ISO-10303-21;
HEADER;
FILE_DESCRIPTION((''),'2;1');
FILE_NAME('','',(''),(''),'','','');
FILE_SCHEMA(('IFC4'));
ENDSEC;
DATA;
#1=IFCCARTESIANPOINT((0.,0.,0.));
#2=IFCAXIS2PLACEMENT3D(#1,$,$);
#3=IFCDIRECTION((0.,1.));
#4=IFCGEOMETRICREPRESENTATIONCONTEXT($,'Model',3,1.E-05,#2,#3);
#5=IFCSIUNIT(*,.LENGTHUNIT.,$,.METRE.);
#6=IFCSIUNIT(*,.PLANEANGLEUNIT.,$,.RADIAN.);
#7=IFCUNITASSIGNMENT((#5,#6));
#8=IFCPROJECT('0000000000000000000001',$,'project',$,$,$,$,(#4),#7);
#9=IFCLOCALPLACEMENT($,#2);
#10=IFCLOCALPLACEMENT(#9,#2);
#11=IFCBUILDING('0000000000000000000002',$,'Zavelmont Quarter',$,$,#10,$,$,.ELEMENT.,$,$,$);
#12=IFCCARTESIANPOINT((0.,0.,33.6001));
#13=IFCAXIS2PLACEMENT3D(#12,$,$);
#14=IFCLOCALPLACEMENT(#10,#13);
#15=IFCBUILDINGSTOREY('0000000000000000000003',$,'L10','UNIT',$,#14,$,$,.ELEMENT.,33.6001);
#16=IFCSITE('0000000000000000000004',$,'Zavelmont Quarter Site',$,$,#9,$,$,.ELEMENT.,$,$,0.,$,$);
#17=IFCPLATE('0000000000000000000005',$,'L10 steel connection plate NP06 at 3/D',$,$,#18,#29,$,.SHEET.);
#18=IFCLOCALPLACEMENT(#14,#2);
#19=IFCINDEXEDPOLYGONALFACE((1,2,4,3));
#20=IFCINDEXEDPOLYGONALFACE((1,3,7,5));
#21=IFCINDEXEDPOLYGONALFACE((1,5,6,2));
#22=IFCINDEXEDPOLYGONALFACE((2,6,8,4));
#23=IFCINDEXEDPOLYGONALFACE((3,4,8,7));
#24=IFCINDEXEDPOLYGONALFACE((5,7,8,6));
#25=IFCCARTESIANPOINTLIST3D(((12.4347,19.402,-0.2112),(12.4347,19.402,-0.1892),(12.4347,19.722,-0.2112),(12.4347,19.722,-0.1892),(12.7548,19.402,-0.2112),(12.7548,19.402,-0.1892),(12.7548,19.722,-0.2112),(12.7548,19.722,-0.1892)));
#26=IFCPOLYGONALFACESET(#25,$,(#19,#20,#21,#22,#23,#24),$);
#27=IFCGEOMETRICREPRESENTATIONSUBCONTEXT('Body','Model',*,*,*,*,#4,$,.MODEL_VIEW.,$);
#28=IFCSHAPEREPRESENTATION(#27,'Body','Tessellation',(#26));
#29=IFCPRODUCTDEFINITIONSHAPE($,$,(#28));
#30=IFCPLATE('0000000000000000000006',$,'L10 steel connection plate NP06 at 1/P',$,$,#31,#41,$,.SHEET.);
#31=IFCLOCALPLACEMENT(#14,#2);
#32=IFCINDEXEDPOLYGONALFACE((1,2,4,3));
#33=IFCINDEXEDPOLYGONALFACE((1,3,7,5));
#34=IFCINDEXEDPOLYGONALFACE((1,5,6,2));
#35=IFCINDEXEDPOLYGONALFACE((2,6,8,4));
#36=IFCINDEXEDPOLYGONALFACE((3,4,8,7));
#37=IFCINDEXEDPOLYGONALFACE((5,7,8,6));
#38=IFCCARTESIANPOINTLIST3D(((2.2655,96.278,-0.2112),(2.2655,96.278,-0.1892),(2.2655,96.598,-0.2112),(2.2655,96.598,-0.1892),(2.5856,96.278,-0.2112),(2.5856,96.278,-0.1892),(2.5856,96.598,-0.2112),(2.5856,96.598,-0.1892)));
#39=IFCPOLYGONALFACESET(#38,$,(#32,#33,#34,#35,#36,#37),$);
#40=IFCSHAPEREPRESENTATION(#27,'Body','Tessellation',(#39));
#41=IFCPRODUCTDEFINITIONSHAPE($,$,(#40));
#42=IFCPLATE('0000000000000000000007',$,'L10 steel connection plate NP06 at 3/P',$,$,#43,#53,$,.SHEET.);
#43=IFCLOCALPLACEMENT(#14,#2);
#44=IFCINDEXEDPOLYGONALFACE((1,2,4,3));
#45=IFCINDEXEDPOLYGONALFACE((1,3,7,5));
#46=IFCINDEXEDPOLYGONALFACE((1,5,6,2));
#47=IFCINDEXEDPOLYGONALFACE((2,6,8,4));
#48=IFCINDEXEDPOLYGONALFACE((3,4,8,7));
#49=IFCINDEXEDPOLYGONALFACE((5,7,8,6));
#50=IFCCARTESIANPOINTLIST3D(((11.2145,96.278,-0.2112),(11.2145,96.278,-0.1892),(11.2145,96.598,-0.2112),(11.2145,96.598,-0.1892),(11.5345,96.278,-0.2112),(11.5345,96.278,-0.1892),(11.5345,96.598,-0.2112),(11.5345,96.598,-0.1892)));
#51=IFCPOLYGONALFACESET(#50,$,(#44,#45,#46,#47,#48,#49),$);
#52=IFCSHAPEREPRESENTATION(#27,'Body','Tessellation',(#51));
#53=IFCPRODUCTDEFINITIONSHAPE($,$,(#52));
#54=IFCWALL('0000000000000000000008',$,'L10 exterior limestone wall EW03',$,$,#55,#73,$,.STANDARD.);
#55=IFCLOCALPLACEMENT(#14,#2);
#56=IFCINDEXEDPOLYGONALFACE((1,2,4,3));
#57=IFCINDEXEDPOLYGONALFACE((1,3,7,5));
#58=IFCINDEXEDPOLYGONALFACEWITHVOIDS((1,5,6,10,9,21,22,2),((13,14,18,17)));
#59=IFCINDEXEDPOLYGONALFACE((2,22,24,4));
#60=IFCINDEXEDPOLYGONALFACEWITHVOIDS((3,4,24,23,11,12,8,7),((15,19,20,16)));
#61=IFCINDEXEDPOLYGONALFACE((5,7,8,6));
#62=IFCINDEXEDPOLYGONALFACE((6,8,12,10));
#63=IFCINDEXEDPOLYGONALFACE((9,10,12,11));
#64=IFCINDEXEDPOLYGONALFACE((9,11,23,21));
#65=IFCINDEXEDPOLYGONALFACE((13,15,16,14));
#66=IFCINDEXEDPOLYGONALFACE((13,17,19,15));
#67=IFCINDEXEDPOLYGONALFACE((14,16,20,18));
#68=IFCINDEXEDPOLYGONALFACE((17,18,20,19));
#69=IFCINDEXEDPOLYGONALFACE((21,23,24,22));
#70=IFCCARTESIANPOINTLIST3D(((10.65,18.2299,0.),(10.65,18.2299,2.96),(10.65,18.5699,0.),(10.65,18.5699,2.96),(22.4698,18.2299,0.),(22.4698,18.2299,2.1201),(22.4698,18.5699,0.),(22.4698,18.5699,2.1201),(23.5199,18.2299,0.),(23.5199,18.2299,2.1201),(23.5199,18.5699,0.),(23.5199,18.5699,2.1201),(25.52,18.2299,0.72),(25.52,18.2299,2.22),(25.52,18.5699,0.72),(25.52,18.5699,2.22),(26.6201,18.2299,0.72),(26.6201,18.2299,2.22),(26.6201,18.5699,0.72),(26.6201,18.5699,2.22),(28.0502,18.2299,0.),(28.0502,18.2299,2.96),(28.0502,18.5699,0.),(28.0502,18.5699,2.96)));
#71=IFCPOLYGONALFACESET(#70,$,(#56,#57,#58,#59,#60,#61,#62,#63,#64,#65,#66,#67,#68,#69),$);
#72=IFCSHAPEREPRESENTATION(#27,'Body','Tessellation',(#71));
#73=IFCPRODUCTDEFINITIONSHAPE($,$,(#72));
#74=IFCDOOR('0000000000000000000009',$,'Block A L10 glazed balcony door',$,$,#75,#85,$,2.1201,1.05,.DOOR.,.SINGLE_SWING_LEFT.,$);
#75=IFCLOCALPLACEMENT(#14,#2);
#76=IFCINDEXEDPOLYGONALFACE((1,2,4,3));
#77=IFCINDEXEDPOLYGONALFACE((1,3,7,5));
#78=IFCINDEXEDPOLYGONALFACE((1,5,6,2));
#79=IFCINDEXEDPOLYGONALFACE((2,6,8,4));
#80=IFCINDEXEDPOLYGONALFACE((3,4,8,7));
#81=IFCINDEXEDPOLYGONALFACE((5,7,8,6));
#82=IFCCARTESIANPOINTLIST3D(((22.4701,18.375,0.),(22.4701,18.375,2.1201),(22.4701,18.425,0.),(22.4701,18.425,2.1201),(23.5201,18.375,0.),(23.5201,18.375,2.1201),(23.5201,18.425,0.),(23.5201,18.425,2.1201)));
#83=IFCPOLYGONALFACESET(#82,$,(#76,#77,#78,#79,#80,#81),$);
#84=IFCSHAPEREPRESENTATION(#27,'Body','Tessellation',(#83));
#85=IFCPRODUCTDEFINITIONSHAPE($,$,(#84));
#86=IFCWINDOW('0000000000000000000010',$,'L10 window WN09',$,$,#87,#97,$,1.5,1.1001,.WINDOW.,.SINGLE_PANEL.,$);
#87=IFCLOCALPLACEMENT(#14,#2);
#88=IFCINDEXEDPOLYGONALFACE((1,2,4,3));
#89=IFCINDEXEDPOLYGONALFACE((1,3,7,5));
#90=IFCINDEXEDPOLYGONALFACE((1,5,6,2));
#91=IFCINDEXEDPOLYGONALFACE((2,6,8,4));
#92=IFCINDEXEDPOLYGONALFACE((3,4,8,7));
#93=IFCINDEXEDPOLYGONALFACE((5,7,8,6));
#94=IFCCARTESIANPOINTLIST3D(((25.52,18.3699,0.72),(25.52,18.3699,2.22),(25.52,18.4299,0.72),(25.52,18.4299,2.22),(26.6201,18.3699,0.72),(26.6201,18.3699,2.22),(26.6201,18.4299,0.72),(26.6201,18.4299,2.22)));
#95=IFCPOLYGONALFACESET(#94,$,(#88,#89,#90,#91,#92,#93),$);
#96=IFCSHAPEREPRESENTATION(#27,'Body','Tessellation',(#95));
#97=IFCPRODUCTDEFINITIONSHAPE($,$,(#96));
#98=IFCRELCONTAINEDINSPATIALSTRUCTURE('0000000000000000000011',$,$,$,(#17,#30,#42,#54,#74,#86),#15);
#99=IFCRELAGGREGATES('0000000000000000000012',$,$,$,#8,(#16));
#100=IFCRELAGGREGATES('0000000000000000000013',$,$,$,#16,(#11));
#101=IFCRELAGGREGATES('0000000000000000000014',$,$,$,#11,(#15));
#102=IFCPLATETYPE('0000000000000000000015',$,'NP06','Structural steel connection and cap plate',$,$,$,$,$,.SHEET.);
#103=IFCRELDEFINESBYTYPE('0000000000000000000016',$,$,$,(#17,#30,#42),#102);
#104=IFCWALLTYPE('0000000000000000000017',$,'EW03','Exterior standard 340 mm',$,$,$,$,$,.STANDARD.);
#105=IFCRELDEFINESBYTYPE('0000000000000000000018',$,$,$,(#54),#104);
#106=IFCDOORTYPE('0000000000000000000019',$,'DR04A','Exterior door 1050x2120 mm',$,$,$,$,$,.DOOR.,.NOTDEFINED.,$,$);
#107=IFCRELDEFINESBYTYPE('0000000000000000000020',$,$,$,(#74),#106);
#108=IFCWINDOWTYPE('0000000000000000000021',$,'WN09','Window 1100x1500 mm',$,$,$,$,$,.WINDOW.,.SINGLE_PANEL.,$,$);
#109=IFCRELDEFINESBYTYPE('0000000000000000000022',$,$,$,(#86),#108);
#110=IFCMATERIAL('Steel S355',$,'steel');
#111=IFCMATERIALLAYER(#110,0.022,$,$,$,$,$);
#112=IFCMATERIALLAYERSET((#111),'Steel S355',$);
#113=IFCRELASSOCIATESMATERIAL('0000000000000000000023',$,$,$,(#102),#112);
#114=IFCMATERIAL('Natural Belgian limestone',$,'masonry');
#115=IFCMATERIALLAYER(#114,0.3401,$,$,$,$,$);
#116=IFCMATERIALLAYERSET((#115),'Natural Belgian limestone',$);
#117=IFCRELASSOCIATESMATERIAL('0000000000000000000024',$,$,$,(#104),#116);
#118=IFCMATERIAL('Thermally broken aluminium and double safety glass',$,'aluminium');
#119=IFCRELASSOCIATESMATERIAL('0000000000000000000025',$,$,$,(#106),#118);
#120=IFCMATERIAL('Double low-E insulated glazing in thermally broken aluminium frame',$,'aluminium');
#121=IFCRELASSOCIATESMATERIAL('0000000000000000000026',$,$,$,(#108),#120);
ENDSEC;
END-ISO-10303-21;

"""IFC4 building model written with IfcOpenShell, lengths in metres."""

from ifc_helpers import new_model, si_unit, direction, frame, frame_2d, origin, origin_with_axes, origin_2d, place, context, subcontext, project, spatial, rectangle, extrude, material, layer, layer_set, type_object, element, fill, save


model = new_model("IFC4")

# Units and contexts
model_context = context("Model", 3, precision=1e-05, world=origin(), true_north=direction((0.0, 1.0)))
body_context = subcontext(model_context, "Body", "Model", "MODEL_VIEW")
ifc_project = project(units=[si_unit("LENGTHUNIT", "METRE"), si_unit("PLANEANGLEUNIT", "RADIAN")], contexts=[model_context])

# Site, building, storey
site_placement = place(None, origin())
site = spatial("IfcSite", under=ifc_project, at=site_placement, Name="Zavelmont Quarter Site", CompositionType="ELEMENT", RefElevation=0.0)
building_placement = place(site_placement, origin())
building = spatial("IfcBuilding", under=site, at=building_placement, Name="Zavelmont Quarter", CompositionType="ELEMENT")
storey_placement = place(building_placement, frame((0.0, 0.0, 33.6001)))
storey = spatial("IfcBuildingStorey", under=building, at=storey_placement, Name="L10", Description="UNIT", CompositionType="ELEMENT", Elevation=33.6001)

# Plates
ifc_material_1 = material(Name="Steel S355", Category="steel")
ifc_layer_1 = layer(ifc_material_1, 0.022)
ifc_layer_set_1 = layer_set([ifc_layer_1], Name="Steel S355")
plate_type_1 = type_object("IfcPlateType", Name="NP06", Description="Structural steel connection and cap plate", PredefinedType="SHEET", material=ifc_layer_set_1)
for number, where, z_axis, x_axis, name in (
    (1, (12.5947, 19.562, -0.2112), (0.0, 0.0, 1.0), (1.0, 0.0, 0.0), "L10 steel connection plate NP06 at 3/D"),
    (2, (2.4255, 96.438, -0.2112), (0.0, 0.0, 1.0), (1.0, 0.0, 0.0), "L10 steel connection plate NP06 at 1/P"),
    (3, (11.3745, 96.438, -0.2112), (0.0, 0.0, 1.0), (1.0, 0.0, 0.0), "L10 steel connection plate NP06 at 3/P"),
):
    element("IfcPlate", number, at=place(storey_placement, frame(where, z_axis=z_axis, x_axis=x_axis)), inside=storey, type_object=plate_type_1, Name=name, PredefinedType="SHEET", context=body_context, shape_type="SweptSolid", body=[
        extrude(rectangle(XDim=0.3201, YDim=0.3201, at=origin_2d()), origin(), (0.0, 0.0, 1.0), 0.022),
    ])

# Wall, openings, door, window
ifc_material_2 = material(Name="Natural Belgian limestone", Category="masonry")
ifc_layer_2 = layer(ifc_material_2, 0.3401)
ifc_layer_set_2 = layer_set([ifc_layer_2], Name="Natural Belgian limestone")
wall_type = type_object("IfcWallType", Name="EW03", Description="Exterior standard 340 mm", PredefinedType="STANDARD", material=ifc_layer_set_2)
wall_placement = place(storey_placement, frame((10.6499, 18.3999, 0.0), z_axis=(0.0, 0.0, 1.0), x_axis=(1.0, 0.0, 0.0)))
wall = element("IfcWall", 4, at=wall_placement, inside=storey, type_object=wall_type, Name="L10 exterior limestone wall EW03", PredefinedType="STANDARD", context=body_context, shape_type="SweptSolid", body=[
    extrude(rectangle(XDim=17.4001, YDim=0.3401, at=frame_2d((8.7002, 0.0))), origin(), (0.0, 0.0, 1.0), 2.96),
])
opening_1_placement = place(wall_placement, frame((11.8201, 0.0, 0.0)))
opening_1 = element("IfcOpeningElement", 5, at=opening_1_placement, cuts=wall, PredefinedType="OPENING", context=body_context, shape_type="SweptSolid", body=[
    extrude(rectangle(XDim=1.05, YDim=2.1201, at=frame_2d((0.5249, 1.0601))), frame((0.0, 0.1821, 0.0), z_axis=(0.0, -1.0, 0.0), x_axis=(1.0, 0.0, 0.0)), (0.0, 0.0, 1.0), 0.364),
])
opening_2_placement = place(wall_placement, frame((14.8701, 0.0, 0.72)))
opening_2 = element("IfcOpeningElement", 6, at=opening_2_placement, cuts=wall, PredefinedType="OPENING", context=body_context, shape_type="SweptSolid", body=[
    extrude(rectangle(XDim=1.1001, YDim=1.5, at=frame_2d((0.55, 0.75))), frame((0.0, 0.1821, 0.0), z_axis=(0.0, -1.0, 0.0), x_axis=(1.0, 0.0, 0.0)), (0.0, 0.0, 1.0), 0.364),
])
ifc_material_3 = material(Name="Thermally broken aluminium and double safety glass", Category="aluminium")
door_type = type_object("IfcDoorType", Name="DR04A", Description="Exterior door 1050x2120 mm", OperationType="NOTDEFINED", PredefinedType="DOOR", material=ifc_material_3)
door_placement = place(opening_1_placement, frame((1.05, 0.0, 0.0), z_axis=(0.0, 0.0, 1.0), x_axis=(-1.0, 0.0, 0.0)))
door = element("IfcDoor", 7, at=door_placement, inside=storey, type_object=door_type, Name="Block A L10 glazed balcony door", OperationType="SINGLE_SWING_LEFT", OverallHeight=2.1201, OverallWidth=1.05, PredefinedType="DOOR", context=body_context, shape_type="SweptSolid", body=[
    extrude(rectangle(XDim=1.05, YDim=2.1201, at=frame_2d((0.5249, 1.0601))), frame((0.0, 0.0249, 0.0), z_axis=(0.0, -1.0, 0.0), x_axis=(1.0, 0.0, 0.0)), (0.0, 0.0, 1.0), 0.05),
])
fill(opening_1, door)
ifc_material_4 = material(Name="Double low-E insulated glazing in thermally broken aluminium frame", Category="aluminium")
window_type = type_object("IfcWindowType", Name="WN09", Description="Window 1100x1500 mm", PartitioningType="SINGLE_PANEL", PredefinedType="WINDOW", material=ifc_material_4)
window_placement = place(opening_2_placement, origin_with_axes())
window = element("IfcWindow", 8, at=window_placement, inside=storey, type_object=window_type, Name="L10 window WN09", OverallHeight=1.5, OverallWidth=1.1001, PartitioningType="SINGLE_PANEL", PredefinedType="WINDOW", context=body_context, shape_type="SweptSolid", body=[
    extrude(rectangle(XDim=1.1001, YDim=1.5, at=frame_2d((0.55, 0.75))), frame((0.0, 0.03, 0.0), z_axis=(0.0, -1.0, 0.0), x_axis=(1.0, 0.0, 0.0)), (0.0, 0.0, 1.0), 0.0601),
])
fill(opening_2, window)

save(model, "model.ifc")
